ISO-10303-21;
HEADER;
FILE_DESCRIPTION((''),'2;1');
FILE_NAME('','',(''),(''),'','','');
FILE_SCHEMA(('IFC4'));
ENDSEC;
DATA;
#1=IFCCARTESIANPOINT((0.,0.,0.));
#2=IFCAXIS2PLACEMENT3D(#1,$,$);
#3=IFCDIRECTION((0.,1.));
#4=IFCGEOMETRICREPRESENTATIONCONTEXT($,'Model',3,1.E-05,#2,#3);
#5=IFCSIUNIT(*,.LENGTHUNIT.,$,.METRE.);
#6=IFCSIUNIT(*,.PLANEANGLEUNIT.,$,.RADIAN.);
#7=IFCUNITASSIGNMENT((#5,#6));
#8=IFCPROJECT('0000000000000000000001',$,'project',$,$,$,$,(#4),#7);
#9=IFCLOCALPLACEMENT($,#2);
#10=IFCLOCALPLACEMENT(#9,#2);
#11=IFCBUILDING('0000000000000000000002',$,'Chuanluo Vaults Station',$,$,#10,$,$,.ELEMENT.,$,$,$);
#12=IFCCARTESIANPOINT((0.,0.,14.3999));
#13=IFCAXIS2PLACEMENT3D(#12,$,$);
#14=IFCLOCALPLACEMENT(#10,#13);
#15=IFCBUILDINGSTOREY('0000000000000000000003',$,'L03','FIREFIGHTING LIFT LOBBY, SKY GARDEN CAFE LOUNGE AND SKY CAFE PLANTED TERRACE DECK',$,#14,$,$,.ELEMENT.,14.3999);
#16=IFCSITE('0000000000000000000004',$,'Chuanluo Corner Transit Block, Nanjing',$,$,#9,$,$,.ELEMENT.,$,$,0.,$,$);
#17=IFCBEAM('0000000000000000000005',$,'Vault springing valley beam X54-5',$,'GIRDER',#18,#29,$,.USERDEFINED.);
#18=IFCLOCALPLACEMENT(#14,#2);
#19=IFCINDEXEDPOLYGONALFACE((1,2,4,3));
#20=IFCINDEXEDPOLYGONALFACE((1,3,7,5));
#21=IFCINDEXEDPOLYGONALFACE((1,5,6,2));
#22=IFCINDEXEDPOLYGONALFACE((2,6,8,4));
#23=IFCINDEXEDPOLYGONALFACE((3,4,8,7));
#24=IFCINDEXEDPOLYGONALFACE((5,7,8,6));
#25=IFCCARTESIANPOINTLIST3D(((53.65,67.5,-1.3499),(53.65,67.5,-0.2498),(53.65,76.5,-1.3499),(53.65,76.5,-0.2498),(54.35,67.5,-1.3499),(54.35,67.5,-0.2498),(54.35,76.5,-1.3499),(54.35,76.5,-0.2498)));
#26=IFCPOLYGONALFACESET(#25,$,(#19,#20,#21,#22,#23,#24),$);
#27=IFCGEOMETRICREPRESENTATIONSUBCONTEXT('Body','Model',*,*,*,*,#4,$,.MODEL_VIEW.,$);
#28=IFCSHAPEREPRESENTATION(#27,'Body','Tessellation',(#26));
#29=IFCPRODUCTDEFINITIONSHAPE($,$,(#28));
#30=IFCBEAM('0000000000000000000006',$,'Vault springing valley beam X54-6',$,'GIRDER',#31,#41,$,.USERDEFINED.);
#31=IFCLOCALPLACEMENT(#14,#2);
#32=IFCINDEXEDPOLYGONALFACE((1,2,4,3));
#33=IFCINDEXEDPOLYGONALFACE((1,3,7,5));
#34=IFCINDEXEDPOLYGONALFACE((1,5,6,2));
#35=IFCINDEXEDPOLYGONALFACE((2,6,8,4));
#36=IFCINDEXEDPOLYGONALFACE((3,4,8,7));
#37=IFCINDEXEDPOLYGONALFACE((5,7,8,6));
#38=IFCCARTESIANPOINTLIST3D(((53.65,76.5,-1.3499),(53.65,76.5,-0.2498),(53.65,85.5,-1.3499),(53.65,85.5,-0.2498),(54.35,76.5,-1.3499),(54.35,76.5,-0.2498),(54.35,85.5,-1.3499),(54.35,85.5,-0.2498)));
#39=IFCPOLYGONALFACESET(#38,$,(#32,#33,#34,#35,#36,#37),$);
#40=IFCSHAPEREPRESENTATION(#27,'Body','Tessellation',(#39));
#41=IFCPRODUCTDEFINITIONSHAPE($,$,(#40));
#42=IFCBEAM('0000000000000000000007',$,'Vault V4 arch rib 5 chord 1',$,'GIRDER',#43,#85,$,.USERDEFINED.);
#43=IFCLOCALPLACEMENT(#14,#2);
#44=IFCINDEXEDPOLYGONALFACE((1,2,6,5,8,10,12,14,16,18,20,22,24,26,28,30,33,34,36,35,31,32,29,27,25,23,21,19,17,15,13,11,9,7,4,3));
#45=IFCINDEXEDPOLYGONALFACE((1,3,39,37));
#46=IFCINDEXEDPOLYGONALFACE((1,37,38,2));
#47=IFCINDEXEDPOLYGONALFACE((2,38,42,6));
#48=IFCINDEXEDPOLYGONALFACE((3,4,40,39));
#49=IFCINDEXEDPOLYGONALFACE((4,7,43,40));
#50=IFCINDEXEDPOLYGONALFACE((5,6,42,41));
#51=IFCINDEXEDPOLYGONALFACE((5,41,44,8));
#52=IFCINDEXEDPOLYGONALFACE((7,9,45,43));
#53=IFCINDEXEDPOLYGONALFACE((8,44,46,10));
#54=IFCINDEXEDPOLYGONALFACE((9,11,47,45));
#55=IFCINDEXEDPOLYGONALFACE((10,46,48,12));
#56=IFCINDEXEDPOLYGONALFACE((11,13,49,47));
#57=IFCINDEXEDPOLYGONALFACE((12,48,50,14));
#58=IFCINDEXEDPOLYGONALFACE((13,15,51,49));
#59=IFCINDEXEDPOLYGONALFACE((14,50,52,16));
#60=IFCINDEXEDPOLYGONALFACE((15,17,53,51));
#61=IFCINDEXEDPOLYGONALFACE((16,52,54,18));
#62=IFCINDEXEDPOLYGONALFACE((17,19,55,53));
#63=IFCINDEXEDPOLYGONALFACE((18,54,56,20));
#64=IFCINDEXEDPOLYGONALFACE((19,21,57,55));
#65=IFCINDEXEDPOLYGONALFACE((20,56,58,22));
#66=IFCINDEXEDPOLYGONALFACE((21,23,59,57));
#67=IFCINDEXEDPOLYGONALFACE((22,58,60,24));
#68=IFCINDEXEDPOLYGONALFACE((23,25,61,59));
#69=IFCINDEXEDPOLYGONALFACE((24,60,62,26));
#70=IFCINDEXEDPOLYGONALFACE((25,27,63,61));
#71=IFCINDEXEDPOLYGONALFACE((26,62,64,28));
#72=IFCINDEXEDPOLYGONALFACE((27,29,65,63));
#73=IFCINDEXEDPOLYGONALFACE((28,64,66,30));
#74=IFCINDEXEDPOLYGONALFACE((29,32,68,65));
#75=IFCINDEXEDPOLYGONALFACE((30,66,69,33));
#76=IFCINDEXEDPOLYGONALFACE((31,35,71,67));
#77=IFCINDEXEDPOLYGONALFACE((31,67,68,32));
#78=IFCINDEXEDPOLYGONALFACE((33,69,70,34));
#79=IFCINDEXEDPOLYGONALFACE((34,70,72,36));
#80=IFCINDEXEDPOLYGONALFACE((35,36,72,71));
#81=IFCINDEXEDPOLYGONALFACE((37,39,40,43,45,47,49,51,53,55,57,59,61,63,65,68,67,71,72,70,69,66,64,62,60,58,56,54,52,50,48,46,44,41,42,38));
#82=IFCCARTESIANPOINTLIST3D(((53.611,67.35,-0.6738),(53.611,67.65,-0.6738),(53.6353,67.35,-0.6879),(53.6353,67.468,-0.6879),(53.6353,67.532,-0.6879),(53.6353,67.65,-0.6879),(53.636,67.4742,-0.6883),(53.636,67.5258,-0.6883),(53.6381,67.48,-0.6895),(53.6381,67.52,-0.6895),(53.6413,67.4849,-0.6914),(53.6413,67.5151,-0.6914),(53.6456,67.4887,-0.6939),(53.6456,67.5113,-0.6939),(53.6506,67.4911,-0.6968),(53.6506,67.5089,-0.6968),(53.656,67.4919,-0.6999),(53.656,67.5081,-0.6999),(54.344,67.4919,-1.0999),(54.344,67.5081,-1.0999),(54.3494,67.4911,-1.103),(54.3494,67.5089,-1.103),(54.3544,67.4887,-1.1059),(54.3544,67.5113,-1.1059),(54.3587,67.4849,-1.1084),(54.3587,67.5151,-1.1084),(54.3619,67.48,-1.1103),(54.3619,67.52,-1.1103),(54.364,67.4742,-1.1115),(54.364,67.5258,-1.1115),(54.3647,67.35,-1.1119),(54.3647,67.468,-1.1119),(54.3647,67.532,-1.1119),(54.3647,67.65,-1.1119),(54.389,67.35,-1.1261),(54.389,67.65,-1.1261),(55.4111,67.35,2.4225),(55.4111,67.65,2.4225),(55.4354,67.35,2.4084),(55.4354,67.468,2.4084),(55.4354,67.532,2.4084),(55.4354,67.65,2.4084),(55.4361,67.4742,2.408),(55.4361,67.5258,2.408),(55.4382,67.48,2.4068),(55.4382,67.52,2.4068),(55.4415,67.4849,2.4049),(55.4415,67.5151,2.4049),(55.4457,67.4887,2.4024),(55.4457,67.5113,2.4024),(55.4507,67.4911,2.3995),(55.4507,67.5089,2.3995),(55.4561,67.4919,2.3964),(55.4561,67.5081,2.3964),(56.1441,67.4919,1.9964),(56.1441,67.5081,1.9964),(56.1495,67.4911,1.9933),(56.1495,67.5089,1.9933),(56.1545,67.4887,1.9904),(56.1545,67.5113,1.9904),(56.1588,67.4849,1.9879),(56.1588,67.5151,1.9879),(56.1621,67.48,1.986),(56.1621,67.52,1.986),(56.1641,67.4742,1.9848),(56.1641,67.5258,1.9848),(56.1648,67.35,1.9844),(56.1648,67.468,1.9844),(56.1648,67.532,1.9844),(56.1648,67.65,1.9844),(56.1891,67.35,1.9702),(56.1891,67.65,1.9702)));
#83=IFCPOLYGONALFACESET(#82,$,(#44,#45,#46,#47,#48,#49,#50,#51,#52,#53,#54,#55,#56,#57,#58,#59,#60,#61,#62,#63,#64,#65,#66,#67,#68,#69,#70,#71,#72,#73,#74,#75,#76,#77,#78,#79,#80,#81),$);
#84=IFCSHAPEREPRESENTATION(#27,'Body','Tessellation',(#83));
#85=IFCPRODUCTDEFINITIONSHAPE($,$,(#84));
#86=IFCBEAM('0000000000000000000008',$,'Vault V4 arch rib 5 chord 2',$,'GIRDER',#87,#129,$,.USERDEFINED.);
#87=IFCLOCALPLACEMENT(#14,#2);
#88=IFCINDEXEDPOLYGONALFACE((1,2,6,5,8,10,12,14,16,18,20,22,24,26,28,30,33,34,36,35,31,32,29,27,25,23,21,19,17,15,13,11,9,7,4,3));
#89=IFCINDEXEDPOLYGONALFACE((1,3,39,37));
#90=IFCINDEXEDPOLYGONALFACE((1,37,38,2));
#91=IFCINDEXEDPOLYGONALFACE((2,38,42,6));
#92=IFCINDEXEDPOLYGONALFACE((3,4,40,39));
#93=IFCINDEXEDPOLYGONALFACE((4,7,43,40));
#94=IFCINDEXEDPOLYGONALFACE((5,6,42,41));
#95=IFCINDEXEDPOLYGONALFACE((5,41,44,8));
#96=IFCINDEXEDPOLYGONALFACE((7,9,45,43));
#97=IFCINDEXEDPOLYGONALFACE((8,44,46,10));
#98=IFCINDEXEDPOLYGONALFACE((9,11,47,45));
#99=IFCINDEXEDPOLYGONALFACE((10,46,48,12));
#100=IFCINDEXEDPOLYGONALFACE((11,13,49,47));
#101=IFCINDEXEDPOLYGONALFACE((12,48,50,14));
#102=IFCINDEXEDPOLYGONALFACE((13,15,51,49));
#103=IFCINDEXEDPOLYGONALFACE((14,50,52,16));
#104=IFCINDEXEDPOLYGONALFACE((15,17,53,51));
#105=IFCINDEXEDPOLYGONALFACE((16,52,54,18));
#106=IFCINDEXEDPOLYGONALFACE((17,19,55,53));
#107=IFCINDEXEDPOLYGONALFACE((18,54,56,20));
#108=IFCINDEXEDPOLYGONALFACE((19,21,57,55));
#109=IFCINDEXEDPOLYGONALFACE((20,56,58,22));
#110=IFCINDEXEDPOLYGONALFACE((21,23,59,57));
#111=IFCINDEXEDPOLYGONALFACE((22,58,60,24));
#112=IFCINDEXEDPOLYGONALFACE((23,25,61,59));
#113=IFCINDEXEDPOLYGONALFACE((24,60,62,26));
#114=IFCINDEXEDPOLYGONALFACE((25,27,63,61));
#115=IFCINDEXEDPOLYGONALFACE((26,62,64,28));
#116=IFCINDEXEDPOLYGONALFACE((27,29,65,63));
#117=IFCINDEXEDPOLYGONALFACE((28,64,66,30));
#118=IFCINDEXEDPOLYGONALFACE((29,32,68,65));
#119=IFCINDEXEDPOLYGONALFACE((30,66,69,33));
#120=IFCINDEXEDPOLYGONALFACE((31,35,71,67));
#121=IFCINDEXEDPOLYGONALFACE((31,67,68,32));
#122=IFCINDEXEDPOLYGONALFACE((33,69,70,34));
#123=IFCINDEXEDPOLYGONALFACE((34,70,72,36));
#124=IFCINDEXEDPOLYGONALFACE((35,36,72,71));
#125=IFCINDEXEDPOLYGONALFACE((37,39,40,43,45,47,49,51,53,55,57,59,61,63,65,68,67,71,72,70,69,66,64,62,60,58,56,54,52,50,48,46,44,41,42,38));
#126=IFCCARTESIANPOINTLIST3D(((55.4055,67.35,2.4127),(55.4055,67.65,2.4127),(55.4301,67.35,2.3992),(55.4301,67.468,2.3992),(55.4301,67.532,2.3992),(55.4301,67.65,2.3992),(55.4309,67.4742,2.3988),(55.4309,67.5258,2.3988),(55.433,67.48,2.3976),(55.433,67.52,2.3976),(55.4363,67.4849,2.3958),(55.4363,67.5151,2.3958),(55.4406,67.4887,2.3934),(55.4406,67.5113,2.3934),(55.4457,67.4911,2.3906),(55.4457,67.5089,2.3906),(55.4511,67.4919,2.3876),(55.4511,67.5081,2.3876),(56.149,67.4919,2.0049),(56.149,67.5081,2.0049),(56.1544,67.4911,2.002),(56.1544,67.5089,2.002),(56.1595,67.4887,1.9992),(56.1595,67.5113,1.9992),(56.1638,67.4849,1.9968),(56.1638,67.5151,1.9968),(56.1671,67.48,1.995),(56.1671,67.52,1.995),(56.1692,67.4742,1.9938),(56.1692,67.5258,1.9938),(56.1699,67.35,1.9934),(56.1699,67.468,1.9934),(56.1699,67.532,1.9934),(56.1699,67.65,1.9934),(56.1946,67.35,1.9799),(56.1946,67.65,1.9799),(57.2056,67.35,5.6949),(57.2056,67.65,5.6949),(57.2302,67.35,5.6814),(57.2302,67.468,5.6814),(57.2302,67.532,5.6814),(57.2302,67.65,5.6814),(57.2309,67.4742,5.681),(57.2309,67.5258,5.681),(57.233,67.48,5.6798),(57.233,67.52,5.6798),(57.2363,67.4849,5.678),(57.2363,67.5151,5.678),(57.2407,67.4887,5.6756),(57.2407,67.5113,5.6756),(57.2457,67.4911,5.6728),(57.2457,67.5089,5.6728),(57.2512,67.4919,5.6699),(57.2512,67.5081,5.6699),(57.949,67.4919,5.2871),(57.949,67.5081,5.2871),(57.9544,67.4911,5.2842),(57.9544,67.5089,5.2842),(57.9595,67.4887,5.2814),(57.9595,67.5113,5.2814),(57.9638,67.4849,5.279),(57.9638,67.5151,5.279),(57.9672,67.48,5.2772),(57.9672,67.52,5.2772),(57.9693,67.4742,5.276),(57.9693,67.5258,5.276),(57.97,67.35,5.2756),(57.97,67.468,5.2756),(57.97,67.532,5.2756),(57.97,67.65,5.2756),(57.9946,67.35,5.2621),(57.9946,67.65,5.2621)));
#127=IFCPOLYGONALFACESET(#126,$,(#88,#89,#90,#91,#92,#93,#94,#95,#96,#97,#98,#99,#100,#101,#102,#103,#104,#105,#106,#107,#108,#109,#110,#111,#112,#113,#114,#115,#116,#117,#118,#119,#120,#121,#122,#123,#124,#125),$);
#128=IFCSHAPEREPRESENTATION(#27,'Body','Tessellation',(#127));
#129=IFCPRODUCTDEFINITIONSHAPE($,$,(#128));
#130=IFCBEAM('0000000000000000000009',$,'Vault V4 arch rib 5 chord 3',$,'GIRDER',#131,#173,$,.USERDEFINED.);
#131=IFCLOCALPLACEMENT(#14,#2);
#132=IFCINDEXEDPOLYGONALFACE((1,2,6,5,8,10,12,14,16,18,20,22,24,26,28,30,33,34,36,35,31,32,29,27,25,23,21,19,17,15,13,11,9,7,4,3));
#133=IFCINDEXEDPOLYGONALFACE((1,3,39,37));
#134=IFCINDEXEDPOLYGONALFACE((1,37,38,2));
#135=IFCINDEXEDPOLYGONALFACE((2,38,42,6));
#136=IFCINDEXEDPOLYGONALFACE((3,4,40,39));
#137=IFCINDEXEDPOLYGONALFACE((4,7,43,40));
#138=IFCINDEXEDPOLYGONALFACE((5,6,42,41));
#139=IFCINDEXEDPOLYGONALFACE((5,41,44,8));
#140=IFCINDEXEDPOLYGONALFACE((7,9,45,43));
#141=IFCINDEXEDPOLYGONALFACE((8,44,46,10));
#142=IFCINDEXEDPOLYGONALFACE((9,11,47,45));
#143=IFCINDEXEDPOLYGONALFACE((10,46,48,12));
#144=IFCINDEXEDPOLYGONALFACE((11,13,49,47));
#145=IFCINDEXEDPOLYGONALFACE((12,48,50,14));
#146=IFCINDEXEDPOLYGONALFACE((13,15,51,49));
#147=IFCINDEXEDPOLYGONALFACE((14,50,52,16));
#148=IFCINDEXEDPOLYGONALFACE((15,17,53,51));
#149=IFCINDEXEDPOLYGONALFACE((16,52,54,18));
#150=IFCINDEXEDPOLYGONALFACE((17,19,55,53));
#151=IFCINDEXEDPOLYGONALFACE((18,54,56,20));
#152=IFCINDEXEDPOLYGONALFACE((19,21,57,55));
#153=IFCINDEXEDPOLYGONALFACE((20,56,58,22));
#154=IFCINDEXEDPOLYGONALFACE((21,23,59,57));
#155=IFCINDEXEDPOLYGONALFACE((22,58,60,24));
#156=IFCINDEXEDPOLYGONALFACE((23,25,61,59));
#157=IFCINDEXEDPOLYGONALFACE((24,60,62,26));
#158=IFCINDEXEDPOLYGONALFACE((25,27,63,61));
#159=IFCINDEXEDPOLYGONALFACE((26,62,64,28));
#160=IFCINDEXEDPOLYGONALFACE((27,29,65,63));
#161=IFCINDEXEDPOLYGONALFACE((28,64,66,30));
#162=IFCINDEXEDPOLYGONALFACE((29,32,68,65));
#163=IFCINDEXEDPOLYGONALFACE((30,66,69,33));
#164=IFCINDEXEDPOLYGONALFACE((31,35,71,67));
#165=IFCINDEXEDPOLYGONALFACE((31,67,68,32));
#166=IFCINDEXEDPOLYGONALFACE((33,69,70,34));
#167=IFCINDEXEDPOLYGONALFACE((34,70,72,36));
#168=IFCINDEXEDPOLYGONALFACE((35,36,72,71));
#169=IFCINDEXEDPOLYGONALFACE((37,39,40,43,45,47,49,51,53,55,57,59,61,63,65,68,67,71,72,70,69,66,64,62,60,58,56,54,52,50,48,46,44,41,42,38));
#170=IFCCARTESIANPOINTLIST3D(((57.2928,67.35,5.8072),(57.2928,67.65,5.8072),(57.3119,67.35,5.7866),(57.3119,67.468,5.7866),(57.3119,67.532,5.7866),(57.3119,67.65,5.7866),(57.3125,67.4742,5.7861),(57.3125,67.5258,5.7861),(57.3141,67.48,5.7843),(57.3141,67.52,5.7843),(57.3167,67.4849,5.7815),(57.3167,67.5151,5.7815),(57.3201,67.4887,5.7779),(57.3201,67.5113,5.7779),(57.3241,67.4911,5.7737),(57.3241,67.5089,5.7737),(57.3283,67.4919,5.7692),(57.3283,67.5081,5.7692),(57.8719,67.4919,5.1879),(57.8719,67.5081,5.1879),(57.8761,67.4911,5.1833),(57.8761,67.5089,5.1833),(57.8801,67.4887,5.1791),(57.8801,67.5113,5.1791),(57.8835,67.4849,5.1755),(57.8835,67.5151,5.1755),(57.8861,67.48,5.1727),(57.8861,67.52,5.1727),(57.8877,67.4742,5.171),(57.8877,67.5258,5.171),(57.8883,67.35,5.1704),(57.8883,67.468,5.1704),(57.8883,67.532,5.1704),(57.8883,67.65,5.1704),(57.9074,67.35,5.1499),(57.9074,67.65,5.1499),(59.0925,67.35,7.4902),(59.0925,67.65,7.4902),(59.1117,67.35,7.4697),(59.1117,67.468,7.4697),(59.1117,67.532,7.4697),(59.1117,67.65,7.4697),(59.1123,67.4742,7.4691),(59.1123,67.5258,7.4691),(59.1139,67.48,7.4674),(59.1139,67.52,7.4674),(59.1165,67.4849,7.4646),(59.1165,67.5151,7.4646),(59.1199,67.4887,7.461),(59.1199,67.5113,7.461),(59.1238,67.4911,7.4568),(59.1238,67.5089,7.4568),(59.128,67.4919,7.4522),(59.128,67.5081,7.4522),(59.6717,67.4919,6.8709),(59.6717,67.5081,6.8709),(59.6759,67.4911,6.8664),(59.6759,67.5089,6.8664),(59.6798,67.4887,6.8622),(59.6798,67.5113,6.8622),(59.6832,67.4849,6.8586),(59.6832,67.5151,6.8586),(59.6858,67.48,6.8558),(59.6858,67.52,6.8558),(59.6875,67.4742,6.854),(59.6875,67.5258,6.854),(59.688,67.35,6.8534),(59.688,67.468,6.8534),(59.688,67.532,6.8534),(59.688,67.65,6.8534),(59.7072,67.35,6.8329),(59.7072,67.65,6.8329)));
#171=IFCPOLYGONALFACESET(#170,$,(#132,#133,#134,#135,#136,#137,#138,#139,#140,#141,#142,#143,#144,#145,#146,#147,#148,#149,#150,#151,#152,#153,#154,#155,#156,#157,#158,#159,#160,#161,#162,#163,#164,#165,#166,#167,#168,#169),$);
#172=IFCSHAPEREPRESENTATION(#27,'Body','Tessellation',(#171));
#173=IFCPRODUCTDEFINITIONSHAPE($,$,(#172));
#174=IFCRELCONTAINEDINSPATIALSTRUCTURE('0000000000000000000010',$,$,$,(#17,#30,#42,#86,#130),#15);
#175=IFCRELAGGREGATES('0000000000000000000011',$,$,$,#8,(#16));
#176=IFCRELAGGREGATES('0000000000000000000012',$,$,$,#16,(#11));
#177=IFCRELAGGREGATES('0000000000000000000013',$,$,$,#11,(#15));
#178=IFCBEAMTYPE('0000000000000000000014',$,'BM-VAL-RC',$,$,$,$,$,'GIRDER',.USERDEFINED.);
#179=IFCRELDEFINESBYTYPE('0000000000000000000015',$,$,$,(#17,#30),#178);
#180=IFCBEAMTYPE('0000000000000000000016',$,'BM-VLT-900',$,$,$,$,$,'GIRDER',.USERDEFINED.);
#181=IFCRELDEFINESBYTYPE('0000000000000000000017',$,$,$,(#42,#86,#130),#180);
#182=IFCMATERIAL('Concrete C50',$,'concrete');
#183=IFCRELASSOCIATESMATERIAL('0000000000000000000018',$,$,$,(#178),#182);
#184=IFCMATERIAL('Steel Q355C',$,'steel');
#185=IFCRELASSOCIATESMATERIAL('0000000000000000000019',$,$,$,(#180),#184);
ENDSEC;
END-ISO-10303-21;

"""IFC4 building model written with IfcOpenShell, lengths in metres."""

from ifc_helpers import new_model, si_unit, direction, frame, origin, origin_2d, place, context, subcontext, project, spatial, rectangle, i_section, extrude, material, material_profile, profile_set, type_object, element, save


model = new_model("IFC4")

# Units and contexts
model_context = context("Model", 3, precision=1e-05, world=origin(), true_north=direction((0.0, 1.0)))
body_context = subcontext(model_context, "Body", "Model", "MODEL_VIEW")
ifc_project = project(units=[si_unit("LENGTHUNIT", "METRE"), si_unit("PLANEANGLEUNIT", "RADIAN")], contexts=[model_context])

# Site, building, storey
site_placement = place(None, origin())
site = spatial("IfcSite", under=ifc_project, at=site_placement, Name="Chuanluo Corner Transit Block, Nanjing", CompositionType="ELEMENT", RefElevation=0.0)
building_placement = place(site_placement, origin())
building = spatial("IfcBuilding", under=site, at=building_placement, Name="Chuanluo Vaults Station", CompositionType="ELEMENT")
storey_placement = place(building_placement, frame((0.0, 0.0, 14.3999)))
storey = spatial("IfcBuildingStorey", under=building, at=storey_placement, Name="L03", Description="FIREFIGHTING LIFT LOBBY, SKY GARDEN CAFE LOUNGE AND SKY CAFE PLANTED TERRACE DECK", CompositionType="ELEMENT", Elevation=14.3999)

# Beams
ifc_material_1 = material(Name="Concrete C50", Category="concrete")
ifc_material_profile_1 = material_profile(ifc_material_1, rectangle(XDim=0.7, YDim=1.1001, at=origin_2d()))
ifc_profile_set_1 = profile_set([ifc_material_profile_1], Name="Concrete C50")
beam_type_1 = type_object("IfcBeamType", Name="BM-VAL-RC", ElementType="GIRDER", PredefinedType="USERDEFINED", material=ifc_profile_set_1)
for number, where, z_axis, x_axis, name in (
    (1, (54.0, 67.5, -0.7998), (0.0, 1.0, 0.0), (-1.0, 0.0, 0.0), "Vault springing valley beam X54-5"),
    (2, (54.0, 76.5, -0.7998), (0.0, 1.0, 0.0), (-1.0, 0.0, 0.0), "Vault springing valley beam X54-6"),
):
    element("IfcBeam", number, at=place(storey_placement, frame(where, z_axis=z_axis, x_axis=x_axis)), inside=storey, type_object=beam_type_1, Name=name, ObjectType="GIRDER", PredefinedType="USERDEFINED", context=body_context, shape_type="SweptSolid", body=[
        extrude(rectangle(XDim=0.7, YDim=1.1001, at=origin_2d()), origin(), (0.0, 0.0, 1.0), 9.0),
    ])
ifc_material_2 = material(Name="Steel Q355C", Category="steel")
ifc_material_profile_2 = material_profile(ifc_material_2, i_section(OverallWidth=0.3, OverallDepth=0.8999, WebThickness=0.0161, FlangeThickness=0.0281, FilletRadius=0.0239, at=origin_2d()))
ifc_profile_set_2 = profile_set([ifc_material_profile_2], Name="Steel Q355C")
beam_type_2 = type_object("IfcBeamType", Name="BM-VLT-900", ElementType="GIRDER", PredefinedType="USERDEFINED", material=ifc_profile_set_2)
beam_1_placement = place(storey_placement, frame((54.0, 67.5, -0.8999), z_axis=(0.502607, 0.0, 0.864515), x_axis=(0.0, 1.0, 0.0)))
element("IfcBeam", 3, at=beam_1_placement, inside=storey, type_object=beam_type_2, Name="Vault V4 arch rib 5 chord 1", ObjectType="GIRDER", PredefinedType="USERDEFINED", context=body_context, shape_type="SweptSolid", body=[
    extrude(i_section(OverallWidth=0.3, OverallDepth=0.8999, WebThickness=0.0161, FlangeThickness=0.0281, FilletRadius=0.0239, at=origin_2d()), origin(), (0.0, 0.0, 1.0), 3.5815),
])
beam_2_placement = place(storey_placement, frame((55.8, 67.5, 2.1963), z_axis=(0.480857, 0.0, 0.876799), x_axis=(0.0, 1.0, 0.0)))
element("IfcBeam", 4, at=beam_2_placement, inside=storey, type_object=beam_type_2, Name="Vault V4 arch rib 5 chord 2", ObjectType="GIRDER", PredefinedType="USERDEFINED", context=body_context, shape_type="SweptSolid", body=[
    extrude(i_section(OverallWidth=0.3, OverallDepth=0.8999, WebThickness=0.0161, FlangeThickness=0.0281, FilletRadius=0.0239, at=origin_2d()), origin(), (0.0, 0.0, 1.0), 3.7434),
])
beam_3_placement = place(storey_placement, frame((57.6001, 67.5, 5.4785), z_axis=(0.730389, 0.0, 0.683031), x_axis=(0.0, 1.0, 0.0)))
element("IfcBeam", 5, at=beam_3_placement, inside=storey, type_object=beam_type_2, Name="Vault V4 arch rib 5 chord 3", ObjectType="GIRDER", PredefinedType="USERDEFINED", context=body_context, shape_type="SweptSolid", body=[
    extrude(i_section(OverallWidth=0.3, OverallDepth=0.8999, WebThickness=0.0161, FlangeThickness=0.0281, FilletRadius=0.0239, at=origin_2d()), origin(), (0.0, 0.0, 1.0), 2.4641),
])

save(model, "model.ifc")
